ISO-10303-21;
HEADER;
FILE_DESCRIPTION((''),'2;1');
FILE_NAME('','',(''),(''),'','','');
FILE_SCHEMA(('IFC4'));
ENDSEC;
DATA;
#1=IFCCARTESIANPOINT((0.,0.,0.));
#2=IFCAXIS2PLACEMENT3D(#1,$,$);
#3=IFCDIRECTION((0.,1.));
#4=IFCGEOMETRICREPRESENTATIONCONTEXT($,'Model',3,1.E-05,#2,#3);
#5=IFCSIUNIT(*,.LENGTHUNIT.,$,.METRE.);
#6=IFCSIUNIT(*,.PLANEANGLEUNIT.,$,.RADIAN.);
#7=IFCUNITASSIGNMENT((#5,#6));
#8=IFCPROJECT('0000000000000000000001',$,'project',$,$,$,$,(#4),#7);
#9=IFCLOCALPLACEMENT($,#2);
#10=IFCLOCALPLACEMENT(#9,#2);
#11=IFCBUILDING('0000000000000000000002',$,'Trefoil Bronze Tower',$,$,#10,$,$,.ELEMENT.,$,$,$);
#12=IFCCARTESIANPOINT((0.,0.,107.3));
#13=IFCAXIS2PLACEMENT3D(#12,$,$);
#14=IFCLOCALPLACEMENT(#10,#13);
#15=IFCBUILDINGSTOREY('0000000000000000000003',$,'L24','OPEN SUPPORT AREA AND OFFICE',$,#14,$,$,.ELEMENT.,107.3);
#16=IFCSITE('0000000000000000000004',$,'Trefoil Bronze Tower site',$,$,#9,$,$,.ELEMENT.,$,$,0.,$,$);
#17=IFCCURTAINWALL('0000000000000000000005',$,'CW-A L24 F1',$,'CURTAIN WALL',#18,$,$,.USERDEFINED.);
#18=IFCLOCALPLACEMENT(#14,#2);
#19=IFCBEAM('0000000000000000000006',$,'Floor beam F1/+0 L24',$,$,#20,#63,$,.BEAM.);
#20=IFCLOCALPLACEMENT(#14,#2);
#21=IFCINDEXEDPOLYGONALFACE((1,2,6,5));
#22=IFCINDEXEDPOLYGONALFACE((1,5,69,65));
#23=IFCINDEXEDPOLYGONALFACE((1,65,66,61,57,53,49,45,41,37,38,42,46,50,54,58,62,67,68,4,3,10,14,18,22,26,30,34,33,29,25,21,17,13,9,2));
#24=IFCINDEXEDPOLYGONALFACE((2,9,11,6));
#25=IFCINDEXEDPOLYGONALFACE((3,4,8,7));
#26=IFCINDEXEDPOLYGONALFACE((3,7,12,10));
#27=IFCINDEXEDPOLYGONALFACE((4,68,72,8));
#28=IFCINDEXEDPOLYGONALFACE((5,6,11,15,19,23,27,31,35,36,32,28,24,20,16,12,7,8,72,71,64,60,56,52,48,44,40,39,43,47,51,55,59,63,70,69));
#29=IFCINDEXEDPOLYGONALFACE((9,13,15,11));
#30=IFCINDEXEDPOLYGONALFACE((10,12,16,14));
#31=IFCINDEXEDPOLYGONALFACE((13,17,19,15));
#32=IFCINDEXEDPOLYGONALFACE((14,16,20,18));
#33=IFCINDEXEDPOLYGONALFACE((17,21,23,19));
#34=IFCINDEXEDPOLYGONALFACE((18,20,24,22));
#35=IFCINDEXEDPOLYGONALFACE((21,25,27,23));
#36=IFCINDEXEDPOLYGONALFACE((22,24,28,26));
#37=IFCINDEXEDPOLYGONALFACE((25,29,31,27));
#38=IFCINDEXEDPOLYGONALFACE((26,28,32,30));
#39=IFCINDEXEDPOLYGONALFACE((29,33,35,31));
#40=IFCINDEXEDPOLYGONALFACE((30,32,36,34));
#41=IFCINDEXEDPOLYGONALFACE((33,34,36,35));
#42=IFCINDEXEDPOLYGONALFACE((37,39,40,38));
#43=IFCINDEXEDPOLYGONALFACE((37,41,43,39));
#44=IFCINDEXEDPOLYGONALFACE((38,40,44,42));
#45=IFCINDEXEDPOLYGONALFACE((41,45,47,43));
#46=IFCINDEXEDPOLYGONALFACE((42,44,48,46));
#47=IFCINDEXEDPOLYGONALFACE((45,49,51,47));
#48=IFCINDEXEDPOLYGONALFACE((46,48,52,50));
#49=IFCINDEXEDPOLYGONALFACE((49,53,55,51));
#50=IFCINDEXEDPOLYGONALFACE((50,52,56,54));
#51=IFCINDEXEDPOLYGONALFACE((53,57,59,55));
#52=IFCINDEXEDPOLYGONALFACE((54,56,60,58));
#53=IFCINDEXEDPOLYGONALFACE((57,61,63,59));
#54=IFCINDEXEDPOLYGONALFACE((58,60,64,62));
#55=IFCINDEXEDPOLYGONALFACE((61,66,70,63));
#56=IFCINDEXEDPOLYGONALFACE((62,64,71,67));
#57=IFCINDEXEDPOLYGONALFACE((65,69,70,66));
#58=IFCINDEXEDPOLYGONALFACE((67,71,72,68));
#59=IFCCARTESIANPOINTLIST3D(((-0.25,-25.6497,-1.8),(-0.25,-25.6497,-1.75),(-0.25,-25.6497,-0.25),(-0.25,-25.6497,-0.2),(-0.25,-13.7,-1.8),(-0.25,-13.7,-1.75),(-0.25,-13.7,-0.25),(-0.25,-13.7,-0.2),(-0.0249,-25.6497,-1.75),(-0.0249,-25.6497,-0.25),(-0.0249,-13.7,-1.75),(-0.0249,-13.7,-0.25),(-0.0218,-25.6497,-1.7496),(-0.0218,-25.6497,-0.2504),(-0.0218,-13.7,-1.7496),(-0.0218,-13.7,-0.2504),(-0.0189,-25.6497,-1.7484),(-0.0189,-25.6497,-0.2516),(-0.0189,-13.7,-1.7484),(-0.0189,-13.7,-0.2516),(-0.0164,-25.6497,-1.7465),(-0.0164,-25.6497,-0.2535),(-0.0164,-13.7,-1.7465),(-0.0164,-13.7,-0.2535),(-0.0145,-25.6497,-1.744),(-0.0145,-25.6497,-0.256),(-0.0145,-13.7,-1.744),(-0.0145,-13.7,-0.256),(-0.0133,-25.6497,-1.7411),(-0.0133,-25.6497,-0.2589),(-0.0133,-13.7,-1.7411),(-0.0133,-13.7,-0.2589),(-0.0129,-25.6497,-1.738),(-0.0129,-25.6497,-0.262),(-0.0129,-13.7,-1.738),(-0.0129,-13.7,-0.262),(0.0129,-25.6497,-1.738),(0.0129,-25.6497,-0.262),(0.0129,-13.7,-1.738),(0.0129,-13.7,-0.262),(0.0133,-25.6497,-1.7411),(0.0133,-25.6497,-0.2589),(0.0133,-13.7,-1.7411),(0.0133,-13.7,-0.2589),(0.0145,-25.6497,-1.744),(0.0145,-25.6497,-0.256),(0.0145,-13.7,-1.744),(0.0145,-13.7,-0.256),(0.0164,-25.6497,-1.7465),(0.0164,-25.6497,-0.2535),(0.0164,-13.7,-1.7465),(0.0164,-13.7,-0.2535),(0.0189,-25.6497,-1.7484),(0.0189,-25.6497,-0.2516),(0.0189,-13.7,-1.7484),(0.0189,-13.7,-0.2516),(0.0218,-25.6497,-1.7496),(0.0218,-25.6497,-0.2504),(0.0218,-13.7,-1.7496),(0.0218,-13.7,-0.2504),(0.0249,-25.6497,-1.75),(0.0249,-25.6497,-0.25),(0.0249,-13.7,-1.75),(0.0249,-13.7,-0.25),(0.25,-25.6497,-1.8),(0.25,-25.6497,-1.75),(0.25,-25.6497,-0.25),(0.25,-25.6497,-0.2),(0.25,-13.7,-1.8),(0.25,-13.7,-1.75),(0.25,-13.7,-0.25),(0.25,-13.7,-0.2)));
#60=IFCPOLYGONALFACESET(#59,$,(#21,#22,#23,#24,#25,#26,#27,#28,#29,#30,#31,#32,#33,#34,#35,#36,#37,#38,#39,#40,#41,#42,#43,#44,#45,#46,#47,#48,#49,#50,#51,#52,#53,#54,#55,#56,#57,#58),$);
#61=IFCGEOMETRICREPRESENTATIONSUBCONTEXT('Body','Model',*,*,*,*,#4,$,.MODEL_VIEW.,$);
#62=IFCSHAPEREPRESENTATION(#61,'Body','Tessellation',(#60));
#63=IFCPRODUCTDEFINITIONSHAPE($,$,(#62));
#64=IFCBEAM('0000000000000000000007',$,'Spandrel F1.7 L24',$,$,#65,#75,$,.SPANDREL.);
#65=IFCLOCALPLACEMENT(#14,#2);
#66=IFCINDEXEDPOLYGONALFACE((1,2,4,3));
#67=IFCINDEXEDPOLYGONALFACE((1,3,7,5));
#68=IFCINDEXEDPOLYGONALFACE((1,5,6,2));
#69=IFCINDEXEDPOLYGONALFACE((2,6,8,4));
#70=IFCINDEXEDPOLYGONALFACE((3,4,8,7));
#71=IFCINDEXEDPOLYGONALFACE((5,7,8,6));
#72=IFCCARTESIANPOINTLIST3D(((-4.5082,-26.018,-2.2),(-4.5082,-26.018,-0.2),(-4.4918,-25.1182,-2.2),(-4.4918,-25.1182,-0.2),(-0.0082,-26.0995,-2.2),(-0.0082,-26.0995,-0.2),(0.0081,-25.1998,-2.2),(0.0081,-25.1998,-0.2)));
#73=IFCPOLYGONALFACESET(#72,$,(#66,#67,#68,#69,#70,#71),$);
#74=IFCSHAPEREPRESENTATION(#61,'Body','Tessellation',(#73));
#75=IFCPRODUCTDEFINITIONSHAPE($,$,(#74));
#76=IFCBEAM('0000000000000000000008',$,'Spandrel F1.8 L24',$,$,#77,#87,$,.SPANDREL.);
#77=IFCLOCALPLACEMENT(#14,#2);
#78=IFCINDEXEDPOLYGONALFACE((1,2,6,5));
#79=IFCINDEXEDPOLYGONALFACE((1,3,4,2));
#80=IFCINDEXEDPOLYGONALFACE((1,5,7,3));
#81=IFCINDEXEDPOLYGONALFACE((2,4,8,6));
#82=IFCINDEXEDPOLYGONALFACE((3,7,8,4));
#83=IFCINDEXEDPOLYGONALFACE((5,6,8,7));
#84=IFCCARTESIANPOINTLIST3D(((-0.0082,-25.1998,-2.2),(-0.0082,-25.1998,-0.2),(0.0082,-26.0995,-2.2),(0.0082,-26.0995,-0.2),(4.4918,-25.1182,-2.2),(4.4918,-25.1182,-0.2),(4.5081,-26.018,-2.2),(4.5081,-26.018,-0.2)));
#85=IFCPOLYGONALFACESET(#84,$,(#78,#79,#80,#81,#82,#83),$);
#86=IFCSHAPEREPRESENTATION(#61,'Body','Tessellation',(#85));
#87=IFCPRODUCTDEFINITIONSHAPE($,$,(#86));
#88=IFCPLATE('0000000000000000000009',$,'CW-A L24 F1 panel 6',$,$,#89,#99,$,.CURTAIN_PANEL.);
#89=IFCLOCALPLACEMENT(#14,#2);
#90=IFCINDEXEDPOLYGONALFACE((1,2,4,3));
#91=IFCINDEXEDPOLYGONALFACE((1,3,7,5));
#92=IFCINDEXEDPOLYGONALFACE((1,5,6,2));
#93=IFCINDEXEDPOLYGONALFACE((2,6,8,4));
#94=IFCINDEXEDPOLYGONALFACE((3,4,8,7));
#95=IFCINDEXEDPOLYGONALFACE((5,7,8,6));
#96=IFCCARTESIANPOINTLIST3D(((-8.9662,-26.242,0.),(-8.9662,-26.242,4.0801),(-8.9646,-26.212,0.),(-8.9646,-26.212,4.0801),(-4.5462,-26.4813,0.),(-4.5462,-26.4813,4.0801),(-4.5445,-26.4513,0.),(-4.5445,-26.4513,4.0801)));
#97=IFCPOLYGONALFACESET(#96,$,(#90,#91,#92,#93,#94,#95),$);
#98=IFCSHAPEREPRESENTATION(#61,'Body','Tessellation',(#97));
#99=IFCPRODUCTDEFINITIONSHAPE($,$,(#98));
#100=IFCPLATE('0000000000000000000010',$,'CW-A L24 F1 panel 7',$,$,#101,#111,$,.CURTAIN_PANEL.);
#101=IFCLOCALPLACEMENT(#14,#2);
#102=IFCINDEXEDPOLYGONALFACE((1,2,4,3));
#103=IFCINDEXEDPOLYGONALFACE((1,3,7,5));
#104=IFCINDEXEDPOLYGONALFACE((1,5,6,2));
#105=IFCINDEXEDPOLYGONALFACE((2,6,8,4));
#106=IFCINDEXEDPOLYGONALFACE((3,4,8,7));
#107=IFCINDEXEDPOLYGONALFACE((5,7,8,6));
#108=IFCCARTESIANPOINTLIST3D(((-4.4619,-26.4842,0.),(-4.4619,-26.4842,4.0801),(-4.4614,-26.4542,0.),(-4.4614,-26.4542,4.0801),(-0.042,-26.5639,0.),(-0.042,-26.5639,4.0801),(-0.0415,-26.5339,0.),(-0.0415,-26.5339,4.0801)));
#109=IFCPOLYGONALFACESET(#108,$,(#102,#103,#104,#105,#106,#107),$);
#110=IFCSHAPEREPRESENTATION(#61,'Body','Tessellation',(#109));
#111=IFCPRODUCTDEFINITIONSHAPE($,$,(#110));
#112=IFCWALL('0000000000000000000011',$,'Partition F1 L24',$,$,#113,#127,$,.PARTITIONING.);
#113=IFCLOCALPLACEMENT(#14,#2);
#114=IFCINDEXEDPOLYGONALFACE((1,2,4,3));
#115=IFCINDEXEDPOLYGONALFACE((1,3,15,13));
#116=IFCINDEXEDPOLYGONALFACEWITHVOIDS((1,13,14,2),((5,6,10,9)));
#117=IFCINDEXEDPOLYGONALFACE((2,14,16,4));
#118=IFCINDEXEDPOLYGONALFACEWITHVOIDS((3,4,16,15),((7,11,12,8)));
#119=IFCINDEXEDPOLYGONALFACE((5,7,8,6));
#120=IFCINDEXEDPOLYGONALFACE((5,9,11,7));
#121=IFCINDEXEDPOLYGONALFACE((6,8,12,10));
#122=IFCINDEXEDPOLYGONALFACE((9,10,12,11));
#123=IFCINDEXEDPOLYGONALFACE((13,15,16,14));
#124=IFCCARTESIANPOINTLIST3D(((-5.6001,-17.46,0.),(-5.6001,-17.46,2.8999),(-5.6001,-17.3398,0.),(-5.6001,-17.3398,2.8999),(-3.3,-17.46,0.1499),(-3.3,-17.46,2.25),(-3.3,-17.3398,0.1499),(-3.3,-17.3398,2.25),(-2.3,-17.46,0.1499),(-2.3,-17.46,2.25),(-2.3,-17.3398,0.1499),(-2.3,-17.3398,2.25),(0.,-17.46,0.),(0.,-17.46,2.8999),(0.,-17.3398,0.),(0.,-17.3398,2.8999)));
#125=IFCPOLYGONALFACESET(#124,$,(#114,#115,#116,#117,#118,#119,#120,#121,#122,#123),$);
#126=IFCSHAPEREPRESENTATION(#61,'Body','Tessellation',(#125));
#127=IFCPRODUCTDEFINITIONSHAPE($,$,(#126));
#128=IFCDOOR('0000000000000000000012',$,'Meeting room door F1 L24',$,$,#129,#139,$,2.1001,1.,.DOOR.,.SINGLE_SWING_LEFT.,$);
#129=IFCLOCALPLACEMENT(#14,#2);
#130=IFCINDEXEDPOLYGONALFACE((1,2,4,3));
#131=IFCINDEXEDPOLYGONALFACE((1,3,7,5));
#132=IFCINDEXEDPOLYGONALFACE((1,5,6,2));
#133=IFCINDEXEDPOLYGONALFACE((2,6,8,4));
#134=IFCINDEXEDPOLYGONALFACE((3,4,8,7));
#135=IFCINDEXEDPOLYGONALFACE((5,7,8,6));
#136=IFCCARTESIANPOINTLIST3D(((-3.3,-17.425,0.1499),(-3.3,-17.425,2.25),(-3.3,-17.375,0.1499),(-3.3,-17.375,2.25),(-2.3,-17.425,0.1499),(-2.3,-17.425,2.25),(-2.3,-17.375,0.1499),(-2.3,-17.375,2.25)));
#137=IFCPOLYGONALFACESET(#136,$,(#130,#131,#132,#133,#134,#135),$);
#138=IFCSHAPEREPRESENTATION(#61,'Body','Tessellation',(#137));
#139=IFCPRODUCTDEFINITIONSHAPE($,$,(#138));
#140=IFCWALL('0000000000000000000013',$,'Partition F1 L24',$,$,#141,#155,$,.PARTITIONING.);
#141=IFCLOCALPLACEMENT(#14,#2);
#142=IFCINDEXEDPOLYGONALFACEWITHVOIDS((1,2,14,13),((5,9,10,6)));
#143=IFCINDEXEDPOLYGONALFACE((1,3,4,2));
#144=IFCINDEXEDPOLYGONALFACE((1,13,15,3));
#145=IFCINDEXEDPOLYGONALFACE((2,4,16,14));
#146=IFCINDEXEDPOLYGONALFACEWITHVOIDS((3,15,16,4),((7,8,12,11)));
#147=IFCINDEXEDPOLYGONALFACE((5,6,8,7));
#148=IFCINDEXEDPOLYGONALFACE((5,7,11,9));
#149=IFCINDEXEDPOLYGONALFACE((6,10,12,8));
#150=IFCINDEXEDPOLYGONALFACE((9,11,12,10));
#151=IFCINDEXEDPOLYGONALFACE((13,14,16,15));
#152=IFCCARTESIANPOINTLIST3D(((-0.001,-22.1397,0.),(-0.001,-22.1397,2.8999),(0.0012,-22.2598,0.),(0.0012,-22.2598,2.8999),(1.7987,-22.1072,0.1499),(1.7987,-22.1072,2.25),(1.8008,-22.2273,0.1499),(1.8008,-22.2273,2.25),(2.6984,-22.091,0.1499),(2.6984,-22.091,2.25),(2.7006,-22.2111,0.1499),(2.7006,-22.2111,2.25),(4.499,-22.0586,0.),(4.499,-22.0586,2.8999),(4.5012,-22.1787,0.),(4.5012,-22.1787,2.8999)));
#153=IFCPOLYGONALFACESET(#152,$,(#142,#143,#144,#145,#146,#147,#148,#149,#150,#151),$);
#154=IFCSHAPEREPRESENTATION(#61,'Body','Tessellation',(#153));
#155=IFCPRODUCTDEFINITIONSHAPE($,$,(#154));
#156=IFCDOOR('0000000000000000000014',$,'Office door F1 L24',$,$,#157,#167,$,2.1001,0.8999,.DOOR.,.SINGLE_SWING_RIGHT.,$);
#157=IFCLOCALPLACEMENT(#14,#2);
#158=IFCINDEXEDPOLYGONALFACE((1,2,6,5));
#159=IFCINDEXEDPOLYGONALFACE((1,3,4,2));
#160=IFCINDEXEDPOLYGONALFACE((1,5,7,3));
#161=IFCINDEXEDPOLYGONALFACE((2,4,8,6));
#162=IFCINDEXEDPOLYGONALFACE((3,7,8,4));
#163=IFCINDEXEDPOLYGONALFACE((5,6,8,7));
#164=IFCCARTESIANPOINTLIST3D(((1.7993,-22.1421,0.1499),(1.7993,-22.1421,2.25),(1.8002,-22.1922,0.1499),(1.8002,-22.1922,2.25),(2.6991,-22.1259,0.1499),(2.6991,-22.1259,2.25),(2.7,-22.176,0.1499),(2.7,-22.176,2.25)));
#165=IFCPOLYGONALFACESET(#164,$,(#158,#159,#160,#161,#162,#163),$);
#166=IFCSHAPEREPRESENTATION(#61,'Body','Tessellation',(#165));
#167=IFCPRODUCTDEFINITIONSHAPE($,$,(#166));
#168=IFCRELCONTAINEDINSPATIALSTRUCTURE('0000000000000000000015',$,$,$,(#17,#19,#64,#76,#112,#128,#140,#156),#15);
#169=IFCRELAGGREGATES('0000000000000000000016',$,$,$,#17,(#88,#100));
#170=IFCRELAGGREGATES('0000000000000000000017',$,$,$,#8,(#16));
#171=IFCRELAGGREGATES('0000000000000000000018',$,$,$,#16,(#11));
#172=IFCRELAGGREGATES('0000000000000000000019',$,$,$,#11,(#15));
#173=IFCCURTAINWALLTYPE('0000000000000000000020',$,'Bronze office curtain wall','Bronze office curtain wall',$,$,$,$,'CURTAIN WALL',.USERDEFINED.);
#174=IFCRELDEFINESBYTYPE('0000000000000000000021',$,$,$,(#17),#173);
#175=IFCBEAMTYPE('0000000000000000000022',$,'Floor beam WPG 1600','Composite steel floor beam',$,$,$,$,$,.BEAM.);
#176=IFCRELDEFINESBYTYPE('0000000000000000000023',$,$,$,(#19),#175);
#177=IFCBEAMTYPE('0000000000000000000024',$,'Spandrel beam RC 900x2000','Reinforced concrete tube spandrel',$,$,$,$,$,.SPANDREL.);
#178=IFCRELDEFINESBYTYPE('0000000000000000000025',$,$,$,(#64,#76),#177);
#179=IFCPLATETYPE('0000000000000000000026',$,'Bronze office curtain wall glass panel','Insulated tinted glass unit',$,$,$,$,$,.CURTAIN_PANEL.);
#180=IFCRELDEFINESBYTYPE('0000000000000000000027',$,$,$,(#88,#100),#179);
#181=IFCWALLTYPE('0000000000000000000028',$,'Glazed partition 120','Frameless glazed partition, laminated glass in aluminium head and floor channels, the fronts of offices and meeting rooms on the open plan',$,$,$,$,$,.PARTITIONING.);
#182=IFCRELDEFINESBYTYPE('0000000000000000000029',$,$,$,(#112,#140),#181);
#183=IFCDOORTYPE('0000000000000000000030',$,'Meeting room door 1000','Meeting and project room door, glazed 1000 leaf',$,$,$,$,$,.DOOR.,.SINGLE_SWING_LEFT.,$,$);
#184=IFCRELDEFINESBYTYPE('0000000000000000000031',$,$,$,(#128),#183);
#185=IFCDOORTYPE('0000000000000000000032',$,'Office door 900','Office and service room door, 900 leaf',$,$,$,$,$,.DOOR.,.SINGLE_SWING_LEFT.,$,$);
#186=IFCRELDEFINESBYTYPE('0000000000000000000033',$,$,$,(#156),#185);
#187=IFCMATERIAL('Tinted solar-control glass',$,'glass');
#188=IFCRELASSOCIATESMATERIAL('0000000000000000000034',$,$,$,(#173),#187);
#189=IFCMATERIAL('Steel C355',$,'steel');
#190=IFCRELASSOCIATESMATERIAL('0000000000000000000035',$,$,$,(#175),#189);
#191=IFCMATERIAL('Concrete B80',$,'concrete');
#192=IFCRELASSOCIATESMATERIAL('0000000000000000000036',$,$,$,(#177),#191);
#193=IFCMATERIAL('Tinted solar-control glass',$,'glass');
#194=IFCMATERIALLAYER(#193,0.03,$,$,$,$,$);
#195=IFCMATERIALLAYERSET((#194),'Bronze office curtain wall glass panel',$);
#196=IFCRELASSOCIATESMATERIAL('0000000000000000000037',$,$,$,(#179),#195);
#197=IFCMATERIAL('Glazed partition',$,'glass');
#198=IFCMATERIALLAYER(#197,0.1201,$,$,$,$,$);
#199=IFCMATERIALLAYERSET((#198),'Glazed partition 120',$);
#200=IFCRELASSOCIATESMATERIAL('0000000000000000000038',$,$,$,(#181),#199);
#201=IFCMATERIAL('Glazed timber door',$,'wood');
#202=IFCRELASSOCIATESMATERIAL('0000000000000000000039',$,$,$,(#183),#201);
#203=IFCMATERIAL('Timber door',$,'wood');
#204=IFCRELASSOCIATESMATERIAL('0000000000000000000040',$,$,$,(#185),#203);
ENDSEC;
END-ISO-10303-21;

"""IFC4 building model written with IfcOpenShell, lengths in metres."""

from ifc_helpers import new_model, si_unit, direction, frame, frame_2d, origin, origin_2d, place, context, subcontext, project, spatial, rectangle, i_section, extrude, material, layer, layer_set, material_profile, profile_set, type_object, element, fill, aggregate, save


model = new_model("IFC4")

# Units and contexts
model_context = context("Model", 3, precision=1e-05, world=origin(), true_north=direction((0.0, 1.0)))
body_context = subcontext(model_context, "Body", "Model", "MODEL_VIEW")
ifc_project = project(units=[si_unit("LENGTHUNIT", "METRE"), si_unit("PLANEANGLEUNIT", "RADIAN")], contexts=[model_context])

# Site, building, storey
site_placement = place(None, origin())
site = spatial("IfcSite", under=ifc_project, at=site_placement, Name="Trefoil Bronze Tower site", CompositionType="ELEMENT", RefElevation=0.0)
building_placement = place(site_placement, origin())
building = spatial("IfcBuilding", under=site, at=building_placement, Name="Trefoil Bronze Tower", CompositionType="ELEMENT")
storey_placement = place(building_placement, frame((0.0, 0.0, 107.3)))
storey = spatial("IfcBuildingStorey", under=building, at=storey_placement, Name="L24", Description="OPEN SUPPORT AREA AND OFFICE", CompositionType="ELEMENT", Elevation=107.3)

# Curtain wall
ifc_material_1 = material(Name="Tinted solar-control glass", Category="glass")
curtain_wall_type = type_object("IfcCurtainWallType", Name="Bronze office curtain wall", Description="Bronze office curtain wall", ElementType="CURTAIN WALL", PredefinedType="USERDEFINED", material=ifc_material_1)
curtain_wall_placement = place(storey_placement, origin())
curtain_wall = element("IfcCurtainWall", 1, at=curtain_wall_placement, inside=storey, type_object=curtain_wall_type, Name="CW-A L24 F1", ObjectType="CURTAIN WALL", PredefinedType="USERDEFINED")

# Beams
ifc_material_2 = material(Name="Steel C355", Category="steel")
ifc_material_profile_1 = material_profile(ifc_material_2, i_section(OverallWidth=0.5, OverallDepth=1.6001, WebThickness=0.0259, FlangeThickness=0.05, FilletRadius=0.012, at=origin_2d()), Name="WPG 1600")
ifc_profile_set_1 = profile_set([ifc_material_profile_1], Name="Steel C355")
beam_type_1 = type_object("IfcBeamType", Name="Floor beam WPG 1600", Description="Composite steel floor beam", PredefinedType="BEAM", material=ifc_profile_set_1)
beam_1_placement = place(storey_placement, frame((0.0, -25.6497, -1.0), z_axis=(0.0, 1.0, 0.0), x_axis=(-1.0, 0.0, 0.0)))
element("IfcBeam", 2, at=beam_1_placement, inside=storey, type_object=beam_type_1, Name="Floor beam F1/+0 L24", PredefinedType="BEAM", context=body_context, shape_type="SweptSolid", body=[
    extrude(i_section(OverallWidth=0.5, OverallDepth=1.6001, WebThickness=0.0259, FlangeThickness=0.05, FilletRadius=0.012, at=origin_2d()), origin(), (0.0, 0.0, 1.0), 11.9497),
])
ifc_material_3 = material(Name="Concrete B80", Category="concrete")
ifc_material_profile_2 = material_profile(ifc_material_3, rectangle(XDim=0.8999, YDim=2.0, at=origin_2d()), Name="RC 900x2000")
ifc_profile_set_2 = profile_set([ifc_material_profile_2], Name="Concrete B80")
beam_type_2 = type_object("IfcBeamType", Name="Spandrel beam RC 900x2000", Description="Reinforced concrete tube spandrel", PredefinedType="SPANDREL", material=ifc_profile_set_2)
for number, where, z_axis, x_axis, name in (
    (3, (-4.5, -25.5681, -1.2), (0.999836, -0.018118, 0.0), (0.018118, 0.999836, 0.0), "Spandrel F1.7 L24"),
    (4, (0.0, -25.6497, -1.2), (0.999836, 0.018118, 0.0), (-0.018118, 0.999836, 0.0), "Spandrel F1.8 L24"),
):
    element("IfcBeam", number, at=place(storey_placement, frame(where, z_axis=z_axis, x_axis=x_axis)), inside=storey, type_object=beam_type_2, Name=name, PredefinedType="SPANDREL", context=body_context, shape_type="SweptSolid", body=[
        extrude(rectangle(XDim=0.8999, YDim=2.0, at=origin_2d()), origin(), (0.0, 0.0, 1.0), 4.5007),
    ])

# Plates
ifc_material_4 = material(Name="Tinted solar-control glass", Category="glass")
ifc_layer_1 = layer(ifc_material_4, 0.03)
ifc_layer_set_1 = layer_set([ifc_layer_1], Name="Bronze office curtain wall glass panel")
plate_type = type_object("IfcPlateType", Name="Bronze office curtain wall glass panel", Description="Insulated tinted glass unit", PredefinedType="CURTAIN_PANEL", material=ifc_layer_set_1)
plate_1_placement = place(storey_placement, frame((-6.7554, -26.3467, 0.0), z_axis=(0.0, 0.0, 1.0), x_axis=(0.998538, -0.054063, 0.0)))
plate_1 = element("IfcPlate", 5, at=plate_1_placement, type_object=plate_type, Name="CW-A L24 F1 panel 6", PredefinedType="CURTAIN_PANEL", context=body_context, shape_type="SweptSolid", body=[
    extrude(rectangle(XDim=4.4265, YDim=0.03, at=origin_2d()), origin(), (0.0, 0.0, 1.0), 4.0801),
])
plate_2_placement = place(storey_placement, frame((-2.2517, -26.509, 0.0), z_axis=(0.0, 0.0, 1.0), x_axis=(0.999838, -0.018021, 0.0)))
plate_2 = element("IfcPlate", 6, at=plate_2_placement, type_object=plate_type, Name="CW-A L24 F1 panel 7", PredefinedType="CURTAIN_PANEL", context=body_context, shape_type="SweptSolid", body=[
    extrude(rectangle(XDim=4.4207, YDim=0.03, at=origin_2d()), origin(), (0.0, 0.0, 1.0), 4.0801),
])
aggregate(curtain_wall, [plate_1, plate_2])

# Walls, openings, doors
ifc_material_5 = material(Name="Glazed partition", Category="glass")
ifc_layer_2 = layer(ifc_material_5, 0.1201)
ifc_layer_set_2 = layer_set([ifc_layer_2], Name="Glazed partition 120")
wall_type = type_object("IfcWallType", Name="Glazed partition 120", Description="Frameless glazed partition, laminated glass in aluminium head and floor channels, the fronts of offices and meeting rooms on the open plan", PredefinedType="PARTITIONING", material=ifc_layer_set_2)
wall_1_placement = place(storey_placement, frame((-5.6001, -17.3999, 0.0), z_axis=(0.0, 0.0, 1.0), x_axis=(1.0, 0.0, 0.0)))
wall_1 = element("IfcWall", 7, at=wall_1_placement, inside=storey, type_object=wall_type, Name="Partition F1 L24", PredefinedType="PARTITIONING", context=body_context, shape_type="SweptSolid", body=[
    extrude(rectangle(XDim=5.6001, YDim=0.1201, at=frame_2d((2.8, 0.0))), origin(), (0.0, 0.0, 1.0), 2.8999),
])
opening_1_placement = place(wall_1_placement, frame((2.3, 0.0, 0.1499)))
opening_1 = element("IfcOpeningElement", 8, at=opening_1_placement, cuts=wall_1, PredefinedType="OPENING", context=body_context, shape_type="SweptSolid", body=[
    extrude(rectangle(XDim=1.0, YDim=2.1001, at=frame_2d((0.5, 1.05))), frame((0.0, 0.0701, 0.0), z_axis=(0.0, -1.0, 0.0), x_axis=(1.0, 0.0, 0.0)), (0.0, 0.0, 1.0), 0.1401),
])
ifc_material_6 = material(Name="Glazed timber door", Category="wood")
door_type_1 = type_object("IfcDoorType", Name="Meeting room door 1000", Description="Meeting and project room door, glazed 1000 leaf", OperationType="SINGLE_SWING_LEFT", PredefinedType="DOOR", material=ifc_material_6)
door_1_placement = place(opening_1_placement, origin())
door_1 = element("IfcDoor", 9, at=door_1_placement, inside=storey, type_object=door_type_1, Name="Meeting room door F1 L24", OperationType="SINGLE_SWING_LEFT", OverallHeight=2.1001, OverallWidth=1.0, PredefinedType="DOOR", context=body_context, shape_type="SweptSolid", body=[
    extrude(rectangle(XDim=1.0, YDim=2.1001, at=frame_2d((0.5, 1.05))), frame((0.0, 0.0249, 0.0), z_axis=(0.0, -1.0, 0.0), x_axis=(1.0, 0.0, 0.0)), (0.0, 0.0, 1.0), 0.05),
])
fill(opening_1, door_1)
wall_2_placement = place(storey_placement, frame((0.0, -22.1997, 0.0), z_axis=(0.0, 0.0, 1.0), x_axis=(0.999838, 0.018009, 0.0)))
wall_2 = element("IfcWall", 10, at=wall_2_placement, inside=storey, type_object=wall_type, Name="Partition F1 L24", PredefinedType="PARTITIONING", context=body_context, shape_type="SweptSolid", body=[
    extrude(rectangle(XDim=4.5007, YDim=0.1201, at=frame_2d((2.2505, 0.0))), origin(), (0.0, 0.0, 1.0), 2.8999),
])
opening_2_placement = place(wall_2_placement, frame((1.8, 0.0, 0.1499)))
opening_2 = element("IfcOpeningElement", 11, at=opening_2_placement, cuts=wall_2, PredefinedType="OPENING", context=body_context, shape_type="SweptSolid", body=[
    extrude(rectangle(XDim=0.8999, YDim=2.1001, at=frame_2d((0.45, 1.05))), frame((0.0, 0.0701, 0.0), z_axis=(0.0, -1.0, 0.0), x_axis=(1.0, 0.0, 0.0)), (0.0, 0.0, 1.0), 0.1401),
])
ifc_material_7 = material(Name="Timber door", Category="wood")
door_type_2 = type_object("IfcDoorType", Name="Office door 900", Description="Office and service room door, 900 leaf", OperationType="SINGLE_SWING_LEFT", PredefinedType="DOOR", material=ifc_material_7)
door_2_placement = place(opening_2_placement, frame((0.8999, 0.0, 0.0), z_axis=(0.0, 0.0, 1.0), x_axis=(-1.0, 0.0, 0.0)))
door_2 = element("IfcDoor", 12, at=door_2_placement, inside=storey, type_object=door_type_2, Name="Office door F1 L24", OperationType="SINGLE_SWING_RIGHT", OverallHeight=2.1001, OverallWidth=0.8999, PredefinedType="DOOR", context=body_context, shape_type="SweptSolid", body=[
    extrude(rectangle(XDim=0.8999, YDim=2.1001, at=frame_2d((0.45, 1.05))), frame((0.0, 0.0249, 0.0), z_axis=(0.0, -1.0, 0.0), x_axis=(1.0, 0.0, 0.0)), (0.0, 0.0, 1.0), 0.05),
])
fill(opening_2, door_2)

save(model, "model.ifc")
